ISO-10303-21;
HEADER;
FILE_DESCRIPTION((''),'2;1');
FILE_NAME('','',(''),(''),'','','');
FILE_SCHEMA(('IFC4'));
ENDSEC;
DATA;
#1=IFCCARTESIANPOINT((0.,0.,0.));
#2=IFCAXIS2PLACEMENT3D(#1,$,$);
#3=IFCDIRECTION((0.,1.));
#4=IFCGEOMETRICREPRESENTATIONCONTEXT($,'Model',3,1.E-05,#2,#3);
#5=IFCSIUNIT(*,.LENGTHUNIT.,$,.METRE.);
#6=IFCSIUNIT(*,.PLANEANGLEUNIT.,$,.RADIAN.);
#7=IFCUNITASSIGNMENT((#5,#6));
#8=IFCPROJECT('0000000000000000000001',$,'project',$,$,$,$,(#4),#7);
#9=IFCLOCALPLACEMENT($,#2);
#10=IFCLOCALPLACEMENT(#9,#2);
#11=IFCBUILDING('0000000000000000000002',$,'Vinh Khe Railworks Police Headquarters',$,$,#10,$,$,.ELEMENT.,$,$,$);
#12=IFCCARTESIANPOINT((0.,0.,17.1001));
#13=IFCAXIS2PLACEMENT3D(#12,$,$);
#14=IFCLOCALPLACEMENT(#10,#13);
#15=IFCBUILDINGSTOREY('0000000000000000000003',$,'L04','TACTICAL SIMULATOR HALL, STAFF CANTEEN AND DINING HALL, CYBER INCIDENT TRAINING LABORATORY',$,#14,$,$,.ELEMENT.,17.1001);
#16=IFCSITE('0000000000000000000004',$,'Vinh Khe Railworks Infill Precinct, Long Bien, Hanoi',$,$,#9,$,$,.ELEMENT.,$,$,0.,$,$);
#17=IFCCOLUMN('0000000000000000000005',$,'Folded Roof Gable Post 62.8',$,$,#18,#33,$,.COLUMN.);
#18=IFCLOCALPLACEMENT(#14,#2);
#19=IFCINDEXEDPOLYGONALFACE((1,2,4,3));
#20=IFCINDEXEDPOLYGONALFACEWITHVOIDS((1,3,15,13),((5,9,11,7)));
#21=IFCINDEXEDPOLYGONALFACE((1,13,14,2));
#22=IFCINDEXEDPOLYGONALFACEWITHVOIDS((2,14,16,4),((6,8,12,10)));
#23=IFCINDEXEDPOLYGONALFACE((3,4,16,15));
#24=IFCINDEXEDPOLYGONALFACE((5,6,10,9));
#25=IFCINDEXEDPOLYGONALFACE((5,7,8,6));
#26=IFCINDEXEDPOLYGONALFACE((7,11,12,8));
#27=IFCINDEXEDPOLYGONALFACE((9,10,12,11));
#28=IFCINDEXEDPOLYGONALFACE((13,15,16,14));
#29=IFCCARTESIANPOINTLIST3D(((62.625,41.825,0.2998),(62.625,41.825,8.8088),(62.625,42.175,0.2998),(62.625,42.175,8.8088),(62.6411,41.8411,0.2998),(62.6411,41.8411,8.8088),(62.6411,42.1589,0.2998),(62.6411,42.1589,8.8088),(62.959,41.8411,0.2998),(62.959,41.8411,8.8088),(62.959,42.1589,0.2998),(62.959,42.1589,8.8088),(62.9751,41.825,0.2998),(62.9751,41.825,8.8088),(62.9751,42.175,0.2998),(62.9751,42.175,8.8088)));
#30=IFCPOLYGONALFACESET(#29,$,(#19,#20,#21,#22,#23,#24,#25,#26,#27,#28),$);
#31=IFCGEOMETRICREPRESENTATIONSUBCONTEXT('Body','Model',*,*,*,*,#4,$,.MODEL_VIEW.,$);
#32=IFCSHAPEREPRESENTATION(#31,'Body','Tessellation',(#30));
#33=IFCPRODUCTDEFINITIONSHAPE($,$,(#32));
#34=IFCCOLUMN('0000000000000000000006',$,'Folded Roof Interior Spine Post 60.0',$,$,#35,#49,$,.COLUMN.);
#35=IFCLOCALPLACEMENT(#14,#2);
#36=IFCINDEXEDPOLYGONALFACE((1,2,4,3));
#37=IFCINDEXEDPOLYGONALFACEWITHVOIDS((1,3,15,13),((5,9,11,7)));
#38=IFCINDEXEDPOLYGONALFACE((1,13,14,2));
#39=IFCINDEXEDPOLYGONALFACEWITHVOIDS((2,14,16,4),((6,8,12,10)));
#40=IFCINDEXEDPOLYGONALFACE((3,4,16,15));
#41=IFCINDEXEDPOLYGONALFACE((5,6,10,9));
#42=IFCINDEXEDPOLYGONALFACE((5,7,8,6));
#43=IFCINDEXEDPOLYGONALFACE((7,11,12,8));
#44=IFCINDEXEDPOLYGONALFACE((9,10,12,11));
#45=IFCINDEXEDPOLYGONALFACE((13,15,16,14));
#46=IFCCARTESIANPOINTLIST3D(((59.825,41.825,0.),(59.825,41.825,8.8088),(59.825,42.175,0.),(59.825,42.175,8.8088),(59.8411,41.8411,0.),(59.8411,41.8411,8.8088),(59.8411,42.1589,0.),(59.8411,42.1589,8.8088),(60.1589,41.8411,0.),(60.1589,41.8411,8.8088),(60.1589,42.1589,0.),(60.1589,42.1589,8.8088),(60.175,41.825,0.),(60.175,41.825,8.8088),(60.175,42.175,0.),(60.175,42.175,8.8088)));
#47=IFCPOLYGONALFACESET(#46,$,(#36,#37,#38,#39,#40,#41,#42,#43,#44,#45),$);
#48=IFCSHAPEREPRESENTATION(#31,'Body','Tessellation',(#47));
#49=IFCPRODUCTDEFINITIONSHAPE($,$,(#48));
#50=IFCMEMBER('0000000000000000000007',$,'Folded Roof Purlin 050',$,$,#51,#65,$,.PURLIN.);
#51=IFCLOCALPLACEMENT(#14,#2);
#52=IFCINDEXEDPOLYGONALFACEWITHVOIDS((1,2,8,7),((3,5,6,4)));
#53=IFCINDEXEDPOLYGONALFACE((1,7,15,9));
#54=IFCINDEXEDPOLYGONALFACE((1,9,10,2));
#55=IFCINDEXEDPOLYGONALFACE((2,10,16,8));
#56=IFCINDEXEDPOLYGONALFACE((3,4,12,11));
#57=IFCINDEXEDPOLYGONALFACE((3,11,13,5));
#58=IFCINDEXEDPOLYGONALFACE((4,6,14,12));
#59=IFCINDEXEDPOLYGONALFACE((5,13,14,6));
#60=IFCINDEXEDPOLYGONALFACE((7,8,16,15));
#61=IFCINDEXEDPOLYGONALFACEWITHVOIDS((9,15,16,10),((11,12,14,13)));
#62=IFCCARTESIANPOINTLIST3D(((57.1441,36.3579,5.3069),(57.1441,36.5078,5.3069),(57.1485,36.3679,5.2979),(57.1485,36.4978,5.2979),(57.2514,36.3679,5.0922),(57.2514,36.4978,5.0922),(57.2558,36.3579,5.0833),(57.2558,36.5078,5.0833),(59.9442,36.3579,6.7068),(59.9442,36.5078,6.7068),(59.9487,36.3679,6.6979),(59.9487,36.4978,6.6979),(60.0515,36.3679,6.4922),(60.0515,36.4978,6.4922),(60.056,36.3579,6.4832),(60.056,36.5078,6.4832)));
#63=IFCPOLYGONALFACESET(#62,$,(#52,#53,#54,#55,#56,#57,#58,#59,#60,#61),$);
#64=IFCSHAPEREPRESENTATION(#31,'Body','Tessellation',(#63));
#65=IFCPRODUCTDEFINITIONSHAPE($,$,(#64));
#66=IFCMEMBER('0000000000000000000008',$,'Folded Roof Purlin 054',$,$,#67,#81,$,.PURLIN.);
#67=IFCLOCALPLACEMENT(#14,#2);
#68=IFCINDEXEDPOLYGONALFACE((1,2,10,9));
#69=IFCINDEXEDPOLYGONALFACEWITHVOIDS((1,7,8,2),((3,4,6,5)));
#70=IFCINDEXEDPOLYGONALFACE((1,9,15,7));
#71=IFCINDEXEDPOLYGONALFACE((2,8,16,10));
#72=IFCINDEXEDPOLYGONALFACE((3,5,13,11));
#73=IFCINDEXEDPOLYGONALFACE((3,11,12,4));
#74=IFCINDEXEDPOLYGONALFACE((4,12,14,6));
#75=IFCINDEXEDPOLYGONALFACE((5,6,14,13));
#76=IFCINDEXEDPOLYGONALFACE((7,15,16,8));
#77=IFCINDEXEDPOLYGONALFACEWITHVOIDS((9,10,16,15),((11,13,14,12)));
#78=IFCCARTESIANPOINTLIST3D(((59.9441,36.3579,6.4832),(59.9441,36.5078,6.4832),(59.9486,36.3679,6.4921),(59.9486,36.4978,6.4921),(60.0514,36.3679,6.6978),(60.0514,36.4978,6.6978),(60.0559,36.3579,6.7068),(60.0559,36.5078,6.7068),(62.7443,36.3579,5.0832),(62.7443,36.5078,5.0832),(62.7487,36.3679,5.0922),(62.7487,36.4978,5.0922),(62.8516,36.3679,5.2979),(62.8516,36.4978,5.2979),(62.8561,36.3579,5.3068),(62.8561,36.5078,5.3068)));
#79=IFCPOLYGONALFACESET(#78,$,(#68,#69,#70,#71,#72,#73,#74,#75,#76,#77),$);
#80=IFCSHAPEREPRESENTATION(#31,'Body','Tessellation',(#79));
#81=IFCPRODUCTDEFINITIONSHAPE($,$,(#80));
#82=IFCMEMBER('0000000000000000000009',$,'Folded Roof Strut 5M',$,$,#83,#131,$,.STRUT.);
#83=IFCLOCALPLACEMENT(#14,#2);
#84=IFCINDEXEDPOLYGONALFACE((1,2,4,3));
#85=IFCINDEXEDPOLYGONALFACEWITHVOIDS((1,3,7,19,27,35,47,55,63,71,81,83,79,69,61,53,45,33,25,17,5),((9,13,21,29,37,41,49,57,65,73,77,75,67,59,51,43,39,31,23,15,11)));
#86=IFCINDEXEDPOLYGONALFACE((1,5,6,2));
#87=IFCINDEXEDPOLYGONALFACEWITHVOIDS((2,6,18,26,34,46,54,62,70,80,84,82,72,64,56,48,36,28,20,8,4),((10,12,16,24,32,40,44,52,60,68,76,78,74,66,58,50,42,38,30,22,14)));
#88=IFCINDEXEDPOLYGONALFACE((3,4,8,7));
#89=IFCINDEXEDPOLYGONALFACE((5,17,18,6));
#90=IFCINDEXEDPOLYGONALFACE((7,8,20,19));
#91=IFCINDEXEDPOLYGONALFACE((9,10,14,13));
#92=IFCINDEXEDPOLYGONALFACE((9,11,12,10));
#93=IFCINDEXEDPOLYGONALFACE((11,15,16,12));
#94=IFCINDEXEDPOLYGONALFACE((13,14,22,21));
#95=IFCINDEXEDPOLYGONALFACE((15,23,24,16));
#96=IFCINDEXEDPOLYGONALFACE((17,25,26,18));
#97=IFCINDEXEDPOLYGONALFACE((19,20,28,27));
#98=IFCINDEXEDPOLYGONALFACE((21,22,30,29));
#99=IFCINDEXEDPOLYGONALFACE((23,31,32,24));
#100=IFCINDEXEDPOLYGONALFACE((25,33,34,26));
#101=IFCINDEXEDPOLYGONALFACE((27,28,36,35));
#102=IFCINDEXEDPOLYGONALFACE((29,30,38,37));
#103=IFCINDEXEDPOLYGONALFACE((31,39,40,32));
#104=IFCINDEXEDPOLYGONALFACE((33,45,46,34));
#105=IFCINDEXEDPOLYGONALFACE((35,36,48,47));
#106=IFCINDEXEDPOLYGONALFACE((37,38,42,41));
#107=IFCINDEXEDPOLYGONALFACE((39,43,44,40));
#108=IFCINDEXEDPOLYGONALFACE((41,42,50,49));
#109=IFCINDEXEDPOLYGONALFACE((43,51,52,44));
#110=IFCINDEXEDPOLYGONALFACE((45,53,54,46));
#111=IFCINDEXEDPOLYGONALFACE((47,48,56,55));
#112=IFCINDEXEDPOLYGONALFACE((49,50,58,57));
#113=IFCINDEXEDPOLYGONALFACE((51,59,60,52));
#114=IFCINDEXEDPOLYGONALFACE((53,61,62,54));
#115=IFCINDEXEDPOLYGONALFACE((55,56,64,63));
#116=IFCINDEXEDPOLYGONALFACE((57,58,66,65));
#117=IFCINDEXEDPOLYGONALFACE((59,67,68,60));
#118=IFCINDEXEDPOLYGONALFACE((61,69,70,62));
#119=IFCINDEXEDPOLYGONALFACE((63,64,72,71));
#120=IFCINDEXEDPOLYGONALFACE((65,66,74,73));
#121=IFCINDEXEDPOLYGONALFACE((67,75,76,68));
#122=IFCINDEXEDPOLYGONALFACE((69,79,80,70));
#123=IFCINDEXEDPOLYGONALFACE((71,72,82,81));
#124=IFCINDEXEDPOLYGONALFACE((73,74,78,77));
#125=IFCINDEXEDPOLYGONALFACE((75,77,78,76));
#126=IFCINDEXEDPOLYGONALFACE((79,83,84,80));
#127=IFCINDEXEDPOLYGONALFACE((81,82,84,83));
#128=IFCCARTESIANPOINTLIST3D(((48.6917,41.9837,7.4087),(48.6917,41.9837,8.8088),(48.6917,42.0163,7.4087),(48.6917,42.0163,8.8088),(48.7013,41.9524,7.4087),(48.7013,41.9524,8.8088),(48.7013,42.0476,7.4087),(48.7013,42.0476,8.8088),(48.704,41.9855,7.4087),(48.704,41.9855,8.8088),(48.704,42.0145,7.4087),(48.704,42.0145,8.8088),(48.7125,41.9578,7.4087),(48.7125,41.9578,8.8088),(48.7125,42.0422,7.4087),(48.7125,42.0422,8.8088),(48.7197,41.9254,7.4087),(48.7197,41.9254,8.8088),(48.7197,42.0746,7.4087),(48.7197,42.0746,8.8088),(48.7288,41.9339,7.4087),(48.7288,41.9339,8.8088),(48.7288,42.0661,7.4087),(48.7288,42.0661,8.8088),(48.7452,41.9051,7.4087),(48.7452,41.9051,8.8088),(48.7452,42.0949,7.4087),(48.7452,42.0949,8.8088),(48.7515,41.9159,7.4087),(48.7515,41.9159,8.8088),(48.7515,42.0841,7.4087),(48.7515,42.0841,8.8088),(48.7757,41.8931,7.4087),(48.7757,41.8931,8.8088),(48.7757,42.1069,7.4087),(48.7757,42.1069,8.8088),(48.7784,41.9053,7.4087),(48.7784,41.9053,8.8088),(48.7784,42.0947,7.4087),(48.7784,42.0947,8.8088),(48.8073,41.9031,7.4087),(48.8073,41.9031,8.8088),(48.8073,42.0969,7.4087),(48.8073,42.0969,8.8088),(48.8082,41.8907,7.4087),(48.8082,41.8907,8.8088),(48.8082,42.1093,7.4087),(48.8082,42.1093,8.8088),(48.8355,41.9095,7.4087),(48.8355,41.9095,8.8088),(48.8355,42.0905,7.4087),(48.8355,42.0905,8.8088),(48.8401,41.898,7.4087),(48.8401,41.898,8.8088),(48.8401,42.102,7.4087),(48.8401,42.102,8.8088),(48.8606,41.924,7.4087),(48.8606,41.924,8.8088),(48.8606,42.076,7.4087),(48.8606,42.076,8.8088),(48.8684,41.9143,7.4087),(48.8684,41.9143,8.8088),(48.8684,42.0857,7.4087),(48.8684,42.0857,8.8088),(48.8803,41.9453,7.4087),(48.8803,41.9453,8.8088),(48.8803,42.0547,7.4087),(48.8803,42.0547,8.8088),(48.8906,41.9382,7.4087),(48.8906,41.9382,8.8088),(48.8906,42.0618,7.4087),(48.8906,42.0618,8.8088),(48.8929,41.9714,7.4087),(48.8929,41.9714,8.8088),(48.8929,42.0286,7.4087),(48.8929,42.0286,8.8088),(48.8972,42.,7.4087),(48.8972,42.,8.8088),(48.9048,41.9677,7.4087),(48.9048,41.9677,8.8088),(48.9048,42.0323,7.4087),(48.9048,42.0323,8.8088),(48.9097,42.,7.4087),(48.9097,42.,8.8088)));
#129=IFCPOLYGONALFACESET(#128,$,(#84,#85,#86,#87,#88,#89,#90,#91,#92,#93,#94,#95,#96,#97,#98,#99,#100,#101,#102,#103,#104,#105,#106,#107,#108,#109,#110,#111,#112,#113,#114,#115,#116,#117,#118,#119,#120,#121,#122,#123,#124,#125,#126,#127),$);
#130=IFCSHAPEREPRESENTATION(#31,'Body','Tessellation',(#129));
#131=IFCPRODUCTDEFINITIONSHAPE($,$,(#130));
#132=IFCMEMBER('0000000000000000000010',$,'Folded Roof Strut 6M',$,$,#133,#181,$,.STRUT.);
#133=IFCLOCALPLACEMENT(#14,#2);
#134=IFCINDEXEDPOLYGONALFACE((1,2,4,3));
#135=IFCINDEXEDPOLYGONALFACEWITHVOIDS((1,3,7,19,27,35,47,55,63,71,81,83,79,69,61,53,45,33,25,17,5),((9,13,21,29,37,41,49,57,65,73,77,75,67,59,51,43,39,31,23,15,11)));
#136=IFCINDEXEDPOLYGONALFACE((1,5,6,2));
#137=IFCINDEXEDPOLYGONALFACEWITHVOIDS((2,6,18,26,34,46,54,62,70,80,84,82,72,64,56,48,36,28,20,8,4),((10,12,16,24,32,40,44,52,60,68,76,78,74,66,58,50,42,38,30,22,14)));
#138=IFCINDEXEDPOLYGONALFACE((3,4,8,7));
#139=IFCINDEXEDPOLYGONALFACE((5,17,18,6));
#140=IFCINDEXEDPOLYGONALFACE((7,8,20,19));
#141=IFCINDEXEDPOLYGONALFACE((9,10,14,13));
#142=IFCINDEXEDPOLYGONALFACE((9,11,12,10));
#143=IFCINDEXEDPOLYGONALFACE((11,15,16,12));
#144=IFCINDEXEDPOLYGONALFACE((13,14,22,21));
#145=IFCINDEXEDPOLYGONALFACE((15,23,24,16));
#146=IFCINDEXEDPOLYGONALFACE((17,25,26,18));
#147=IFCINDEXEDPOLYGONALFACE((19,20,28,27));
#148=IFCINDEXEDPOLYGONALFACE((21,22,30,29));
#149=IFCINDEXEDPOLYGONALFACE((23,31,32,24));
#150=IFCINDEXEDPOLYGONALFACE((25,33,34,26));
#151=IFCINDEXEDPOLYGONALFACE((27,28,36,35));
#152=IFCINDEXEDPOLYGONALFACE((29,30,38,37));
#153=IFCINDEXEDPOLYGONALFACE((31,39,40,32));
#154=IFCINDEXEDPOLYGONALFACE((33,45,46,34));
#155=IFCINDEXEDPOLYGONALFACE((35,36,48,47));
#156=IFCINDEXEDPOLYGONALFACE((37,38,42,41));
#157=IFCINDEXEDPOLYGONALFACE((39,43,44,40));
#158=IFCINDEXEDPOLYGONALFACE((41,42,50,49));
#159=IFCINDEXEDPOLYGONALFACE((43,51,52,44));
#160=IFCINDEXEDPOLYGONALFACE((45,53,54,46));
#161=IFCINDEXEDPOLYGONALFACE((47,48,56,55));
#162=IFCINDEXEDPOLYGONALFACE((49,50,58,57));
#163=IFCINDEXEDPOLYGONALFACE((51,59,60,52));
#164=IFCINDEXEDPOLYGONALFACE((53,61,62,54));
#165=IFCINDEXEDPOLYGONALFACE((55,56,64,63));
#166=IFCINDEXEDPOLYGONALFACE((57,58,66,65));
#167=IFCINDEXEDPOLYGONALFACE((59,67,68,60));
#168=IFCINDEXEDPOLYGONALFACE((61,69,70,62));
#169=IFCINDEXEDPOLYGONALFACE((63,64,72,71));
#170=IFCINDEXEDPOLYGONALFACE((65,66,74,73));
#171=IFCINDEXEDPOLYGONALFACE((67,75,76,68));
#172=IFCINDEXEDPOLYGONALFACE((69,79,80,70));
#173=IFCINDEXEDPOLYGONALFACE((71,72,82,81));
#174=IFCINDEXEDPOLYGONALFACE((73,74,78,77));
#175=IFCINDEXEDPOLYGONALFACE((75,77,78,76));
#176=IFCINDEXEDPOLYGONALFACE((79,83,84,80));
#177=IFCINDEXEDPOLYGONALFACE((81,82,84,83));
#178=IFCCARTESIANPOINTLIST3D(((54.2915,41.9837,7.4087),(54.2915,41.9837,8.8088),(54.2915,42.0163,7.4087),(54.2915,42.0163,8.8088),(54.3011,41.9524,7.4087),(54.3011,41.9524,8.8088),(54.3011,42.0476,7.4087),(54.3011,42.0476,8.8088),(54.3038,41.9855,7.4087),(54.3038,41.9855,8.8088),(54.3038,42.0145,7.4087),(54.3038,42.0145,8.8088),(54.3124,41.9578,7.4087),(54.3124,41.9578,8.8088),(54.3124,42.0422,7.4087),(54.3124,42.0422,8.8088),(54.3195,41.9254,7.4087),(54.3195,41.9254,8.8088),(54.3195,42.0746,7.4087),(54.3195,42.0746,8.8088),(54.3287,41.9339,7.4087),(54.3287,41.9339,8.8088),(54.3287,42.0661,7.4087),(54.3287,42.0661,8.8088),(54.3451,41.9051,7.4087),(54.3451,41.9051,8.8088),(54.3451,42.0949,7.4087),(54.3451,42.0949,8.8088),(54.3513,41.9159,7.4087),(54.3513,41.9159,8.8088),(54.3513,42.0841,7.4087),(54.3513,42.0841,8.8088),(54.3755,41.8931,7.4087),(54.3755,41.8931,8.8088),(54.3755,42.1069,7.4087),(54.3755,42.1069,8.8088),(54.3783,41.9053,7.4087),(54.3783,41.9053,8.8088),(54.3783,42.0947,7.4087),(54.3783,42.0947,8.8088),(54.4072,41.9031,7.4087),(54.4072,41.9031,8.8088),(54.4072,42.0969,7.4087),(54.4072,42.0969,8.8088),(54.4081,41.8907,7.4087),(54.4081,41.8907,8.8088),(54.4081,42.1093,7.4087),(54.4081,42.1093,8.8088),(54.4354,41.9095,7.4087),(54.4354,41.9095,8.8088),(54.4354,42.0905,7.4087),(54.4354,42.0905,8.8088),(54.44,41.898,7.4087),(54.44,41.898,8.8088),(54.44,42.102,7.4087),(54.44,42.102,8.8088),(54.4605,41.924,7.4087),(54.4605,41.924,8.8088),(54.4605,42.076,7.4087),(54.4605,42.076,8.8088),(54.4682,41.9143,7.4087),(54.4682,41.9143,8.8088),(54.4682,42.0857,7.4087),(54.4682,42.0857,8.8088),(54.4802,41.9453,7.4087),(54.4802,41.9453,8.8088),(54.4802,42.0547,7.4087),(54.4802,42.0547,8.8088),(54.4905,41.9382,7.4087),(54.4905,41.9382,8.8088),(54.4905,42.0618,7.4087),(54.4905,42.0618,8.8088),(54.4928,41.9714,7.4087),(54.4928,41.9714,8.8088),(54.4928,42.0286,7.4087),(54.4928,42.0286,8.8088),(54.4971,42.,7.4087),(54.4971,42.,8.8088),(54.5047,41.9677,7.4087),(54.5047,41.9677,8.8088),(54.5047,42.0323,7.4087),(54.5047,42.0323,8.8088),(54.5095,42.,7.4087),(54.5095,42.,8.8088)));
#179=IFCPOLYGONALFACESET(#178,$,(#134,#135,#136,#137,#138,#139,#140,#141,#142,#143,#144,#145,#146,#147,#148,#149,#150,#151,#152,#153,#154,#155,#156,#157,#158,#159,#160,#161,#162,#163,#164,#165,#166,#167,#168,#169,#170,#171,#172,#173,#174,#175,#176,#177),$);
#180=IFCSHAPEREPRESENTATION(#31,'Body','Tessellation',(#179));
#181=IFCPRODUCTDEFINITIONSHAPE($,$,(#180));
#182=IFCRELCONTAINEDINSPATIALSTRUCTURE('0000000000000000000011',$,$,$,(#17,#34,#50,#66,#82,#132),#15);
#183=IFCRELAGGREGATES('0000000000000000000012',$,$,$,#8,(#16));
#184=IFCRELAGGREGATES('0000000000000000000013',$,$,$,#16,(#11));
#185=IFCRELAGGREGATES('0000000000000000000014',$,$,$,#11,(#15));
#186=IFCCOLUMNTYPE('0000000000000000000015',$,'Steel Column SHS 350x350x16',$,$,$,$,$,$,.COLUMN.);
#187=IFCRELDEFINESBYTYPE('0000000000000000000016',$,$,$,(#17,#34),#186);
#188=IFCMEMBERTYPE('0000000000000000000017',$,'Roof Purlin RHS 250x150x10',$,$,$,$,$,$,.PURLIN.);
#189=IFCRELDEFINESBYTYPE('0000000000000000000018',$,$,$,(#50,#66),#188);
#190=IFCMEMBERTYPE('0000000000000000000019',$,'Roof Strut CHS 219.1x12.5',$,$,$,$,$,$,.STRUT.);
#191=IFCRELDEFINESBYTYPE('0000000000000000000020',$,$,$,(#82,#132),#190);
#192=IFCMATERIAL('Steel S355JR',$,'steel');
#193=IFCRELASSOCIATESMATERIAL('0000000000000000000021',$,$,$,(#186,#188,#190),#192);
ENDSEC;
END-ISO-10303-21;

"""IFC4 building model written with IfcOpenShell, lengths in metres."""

from ifc_helpers import new_model, si_unit, direction, frame, origin, origin_2d, place, context, subcontext, project, spatial, hollow_rectangle, hollow_circle, extrude, material, material_profile, profile_set, type_object, element, save


model = new_model("IFC4")

# Units and contexts
model_context = context("Model", 3, precision=1e-05, world=origin(), true_north=direction((0.0, 1.0)))
body_context = subcontext(model_context, "Body", "Model", "MODEL_VIEW")
ifc_project = project(units=[si_unit("LENGTHUNIT", "METRE"), si_unit("PLANEANGLEUNIT", "RADIAN")], contexts=[model_context])

# Site, building, storey
site_placement = place(None, origin())
site = spatial("IfcSite", under=ifc_project, at=site_placement, Name="Vinh Khe Railworks Infill Precinct, Long Bien, Hanoi", CompositionType="ELEMENT", RefElevation=0.0)
building_placement = place(site_placement, origin())
building = spatial("IfcBuilding", under=site, at=building_placement, Name="Vinh Khe Railworks Police Headquarters", CompositionType="ELEMENT")
storey_placement = place(building_placement, frame((0.0, 0.0, 17.1001)))
storey = spatial("IfcBuildingStorey", under=building, at=storey_placement, Name="L04", Description="TACTICAL SIMULATOR HALL, STAFF CANTEEN AND DINING HALL, CYBER INCIDENT TRAINING LABORATORY", CompositionType="ELEMENT", Elevation=17.1001)

# Columns
ifc_material_1 = material(Name="Steel S355JR", Category="steel")
ifc_material_profile_1 = material_profile(ifc_material_1, hollow_rectangle(XDim=0.3501, YDim=0.3501, WallThickness=0.0161, at=origin_2d()), Name="SHS 350x350x16")
ifc_profile_set_1 = profile_set([ifc_material_profile_1], Name="Steel S355JR")
column_type = type_object("IfcColumnType", Name="Steel Column SHS 350x350x16", PredefinedType="COLUMN", material=ifc_profile_set_1)
column_1_placement = place(storey_placement, frame((62.8, 42.0, 0.2998), z_axis=(0.0, 0.0, 1.0), x_axis=(1.0, 0.0, 0.0)))
element("IfcColumn", 1, at=column_1_placement, inside=storey, type_object=column_type, Name="Folded Roof Gable Post 62.8", PredefinedType="COLUMN", context=body_context, shape_type="SweptSolid", body=[
    extrude(hollow_rectangle(XDim=0.3501, YDim=0.3501, WallThickness=0.0161, at=origin_2d()), origin(), (0.0, 0.0, 1.0), 8.509),
])
column_2_placement = place(storey_placement, frame((60.0, 42.0, 0.0), z_axis=(0.0, 0.0, 1.0), x_axis=(1.0, 0.0, 0.0)))
element("IfcColumn", 2, at=column_2_placement, inside=storey, type_object=column_type, Name="Folded Roof Interior Spine Post 60.0", PredefinedType="COLUMN", context=body_context, shape_type="SweptSolid", body=[
    extrude(hollow_rectangle(XDim=0.3501, YDim=0.3501, WallThickness=0.0161, at=origin_2d()), origin(), (0.0, 0.0, 1.0), 8.8088),
])

# Members
ifc_material_profile_2 = material_profile(ifc_material_1, hollow_rectangle(XDim=0.1499, YDim=0.25, WallThickness=0.01, at=origin_2d()), Name="RHS 250x150x10")
ifc_profile_set_2 = profile_set([ifc_material_profile_2], Name="Steel S355JR")
member_type_1 = type_object("IfcMemberType", Name="Roof Purlin RHS 250x150x10", PredefinedType="PURLIN", material=ifc_profile_set_2)
for number, where, z_axis, x_axis, name in (
    (3, (57.2, 36.4329, 5.1951), (0.894443, 0.0, 0.447182), (0.0, 1.0, 0.0), "Folded Roof Purlin 050"),
    (4, (60.0, 36.4329, 6.595), (0.894443, 0.0, -0.447182), (0.0, 1.0, 0.0), "Folded Roof Purlin 054"),
):
    element("IfcMember", number, at=place(storey_placement, frame(where, z_axis=z_axis, x_axis=x_axis)), inside=storey, type_object=member_type_1, Name=name, PredefinedType="PURLIN", context=body_context, shape_type="SweptSolid", body=[
        extrude(hollow_rectangle(XDim=0.1499, YDim=0.25, WallThickness=0.01, at=origin_2d()), origin(), (0.0, 0.0, 1.0), 3.1306),
    ])
ifc_material_profile_3 = material_profile(ifc_material_1, hollow_circle(Radius=0.1096, WallThickness=0.0125, at=origin_2d()), Name="CHS 219.1x12.5")
ifc_profile_set_3 = profile_set([ifc_material_profile_3], Name="Steel S355JR")
member_type_2 = type_object("IfcMemberType", Name="Roof Strut CHS 219.1x12.5", PredefinedType="STRUT", material=ifc_profile_set_3)
for number, where, z_axis, x_axis, name in (
    (5, (48.8, 42.0, 7.4087), (0.0, 0.0, 1.0), (1.0, 0.0, 0.0), "Folded Roof Strut 5M"),
    (6, (54.3999, 42.0, 7.4087), (0.0, 0.0, 1.0), (1.0, 0.0, 0.0), "Folded Roof Strut 6M"),
):
    element("IfcMember", number, at=place(storey_placement, frame(where, z_axis=z_axis, x_axis=x_axis)), inside=storey, type_object=member_type_2, Name=name, PredefinedType="STRUT", context=body_context, shape_type="SweptSolid", body=[
        extrude(hollow_circle(Radius=0.1096, WallThickness=0.0125, at=origin_2d()), origin(), (0.0, 0.0, 1.0), 1.4001),
    ])

save(model, "model.ifc")
